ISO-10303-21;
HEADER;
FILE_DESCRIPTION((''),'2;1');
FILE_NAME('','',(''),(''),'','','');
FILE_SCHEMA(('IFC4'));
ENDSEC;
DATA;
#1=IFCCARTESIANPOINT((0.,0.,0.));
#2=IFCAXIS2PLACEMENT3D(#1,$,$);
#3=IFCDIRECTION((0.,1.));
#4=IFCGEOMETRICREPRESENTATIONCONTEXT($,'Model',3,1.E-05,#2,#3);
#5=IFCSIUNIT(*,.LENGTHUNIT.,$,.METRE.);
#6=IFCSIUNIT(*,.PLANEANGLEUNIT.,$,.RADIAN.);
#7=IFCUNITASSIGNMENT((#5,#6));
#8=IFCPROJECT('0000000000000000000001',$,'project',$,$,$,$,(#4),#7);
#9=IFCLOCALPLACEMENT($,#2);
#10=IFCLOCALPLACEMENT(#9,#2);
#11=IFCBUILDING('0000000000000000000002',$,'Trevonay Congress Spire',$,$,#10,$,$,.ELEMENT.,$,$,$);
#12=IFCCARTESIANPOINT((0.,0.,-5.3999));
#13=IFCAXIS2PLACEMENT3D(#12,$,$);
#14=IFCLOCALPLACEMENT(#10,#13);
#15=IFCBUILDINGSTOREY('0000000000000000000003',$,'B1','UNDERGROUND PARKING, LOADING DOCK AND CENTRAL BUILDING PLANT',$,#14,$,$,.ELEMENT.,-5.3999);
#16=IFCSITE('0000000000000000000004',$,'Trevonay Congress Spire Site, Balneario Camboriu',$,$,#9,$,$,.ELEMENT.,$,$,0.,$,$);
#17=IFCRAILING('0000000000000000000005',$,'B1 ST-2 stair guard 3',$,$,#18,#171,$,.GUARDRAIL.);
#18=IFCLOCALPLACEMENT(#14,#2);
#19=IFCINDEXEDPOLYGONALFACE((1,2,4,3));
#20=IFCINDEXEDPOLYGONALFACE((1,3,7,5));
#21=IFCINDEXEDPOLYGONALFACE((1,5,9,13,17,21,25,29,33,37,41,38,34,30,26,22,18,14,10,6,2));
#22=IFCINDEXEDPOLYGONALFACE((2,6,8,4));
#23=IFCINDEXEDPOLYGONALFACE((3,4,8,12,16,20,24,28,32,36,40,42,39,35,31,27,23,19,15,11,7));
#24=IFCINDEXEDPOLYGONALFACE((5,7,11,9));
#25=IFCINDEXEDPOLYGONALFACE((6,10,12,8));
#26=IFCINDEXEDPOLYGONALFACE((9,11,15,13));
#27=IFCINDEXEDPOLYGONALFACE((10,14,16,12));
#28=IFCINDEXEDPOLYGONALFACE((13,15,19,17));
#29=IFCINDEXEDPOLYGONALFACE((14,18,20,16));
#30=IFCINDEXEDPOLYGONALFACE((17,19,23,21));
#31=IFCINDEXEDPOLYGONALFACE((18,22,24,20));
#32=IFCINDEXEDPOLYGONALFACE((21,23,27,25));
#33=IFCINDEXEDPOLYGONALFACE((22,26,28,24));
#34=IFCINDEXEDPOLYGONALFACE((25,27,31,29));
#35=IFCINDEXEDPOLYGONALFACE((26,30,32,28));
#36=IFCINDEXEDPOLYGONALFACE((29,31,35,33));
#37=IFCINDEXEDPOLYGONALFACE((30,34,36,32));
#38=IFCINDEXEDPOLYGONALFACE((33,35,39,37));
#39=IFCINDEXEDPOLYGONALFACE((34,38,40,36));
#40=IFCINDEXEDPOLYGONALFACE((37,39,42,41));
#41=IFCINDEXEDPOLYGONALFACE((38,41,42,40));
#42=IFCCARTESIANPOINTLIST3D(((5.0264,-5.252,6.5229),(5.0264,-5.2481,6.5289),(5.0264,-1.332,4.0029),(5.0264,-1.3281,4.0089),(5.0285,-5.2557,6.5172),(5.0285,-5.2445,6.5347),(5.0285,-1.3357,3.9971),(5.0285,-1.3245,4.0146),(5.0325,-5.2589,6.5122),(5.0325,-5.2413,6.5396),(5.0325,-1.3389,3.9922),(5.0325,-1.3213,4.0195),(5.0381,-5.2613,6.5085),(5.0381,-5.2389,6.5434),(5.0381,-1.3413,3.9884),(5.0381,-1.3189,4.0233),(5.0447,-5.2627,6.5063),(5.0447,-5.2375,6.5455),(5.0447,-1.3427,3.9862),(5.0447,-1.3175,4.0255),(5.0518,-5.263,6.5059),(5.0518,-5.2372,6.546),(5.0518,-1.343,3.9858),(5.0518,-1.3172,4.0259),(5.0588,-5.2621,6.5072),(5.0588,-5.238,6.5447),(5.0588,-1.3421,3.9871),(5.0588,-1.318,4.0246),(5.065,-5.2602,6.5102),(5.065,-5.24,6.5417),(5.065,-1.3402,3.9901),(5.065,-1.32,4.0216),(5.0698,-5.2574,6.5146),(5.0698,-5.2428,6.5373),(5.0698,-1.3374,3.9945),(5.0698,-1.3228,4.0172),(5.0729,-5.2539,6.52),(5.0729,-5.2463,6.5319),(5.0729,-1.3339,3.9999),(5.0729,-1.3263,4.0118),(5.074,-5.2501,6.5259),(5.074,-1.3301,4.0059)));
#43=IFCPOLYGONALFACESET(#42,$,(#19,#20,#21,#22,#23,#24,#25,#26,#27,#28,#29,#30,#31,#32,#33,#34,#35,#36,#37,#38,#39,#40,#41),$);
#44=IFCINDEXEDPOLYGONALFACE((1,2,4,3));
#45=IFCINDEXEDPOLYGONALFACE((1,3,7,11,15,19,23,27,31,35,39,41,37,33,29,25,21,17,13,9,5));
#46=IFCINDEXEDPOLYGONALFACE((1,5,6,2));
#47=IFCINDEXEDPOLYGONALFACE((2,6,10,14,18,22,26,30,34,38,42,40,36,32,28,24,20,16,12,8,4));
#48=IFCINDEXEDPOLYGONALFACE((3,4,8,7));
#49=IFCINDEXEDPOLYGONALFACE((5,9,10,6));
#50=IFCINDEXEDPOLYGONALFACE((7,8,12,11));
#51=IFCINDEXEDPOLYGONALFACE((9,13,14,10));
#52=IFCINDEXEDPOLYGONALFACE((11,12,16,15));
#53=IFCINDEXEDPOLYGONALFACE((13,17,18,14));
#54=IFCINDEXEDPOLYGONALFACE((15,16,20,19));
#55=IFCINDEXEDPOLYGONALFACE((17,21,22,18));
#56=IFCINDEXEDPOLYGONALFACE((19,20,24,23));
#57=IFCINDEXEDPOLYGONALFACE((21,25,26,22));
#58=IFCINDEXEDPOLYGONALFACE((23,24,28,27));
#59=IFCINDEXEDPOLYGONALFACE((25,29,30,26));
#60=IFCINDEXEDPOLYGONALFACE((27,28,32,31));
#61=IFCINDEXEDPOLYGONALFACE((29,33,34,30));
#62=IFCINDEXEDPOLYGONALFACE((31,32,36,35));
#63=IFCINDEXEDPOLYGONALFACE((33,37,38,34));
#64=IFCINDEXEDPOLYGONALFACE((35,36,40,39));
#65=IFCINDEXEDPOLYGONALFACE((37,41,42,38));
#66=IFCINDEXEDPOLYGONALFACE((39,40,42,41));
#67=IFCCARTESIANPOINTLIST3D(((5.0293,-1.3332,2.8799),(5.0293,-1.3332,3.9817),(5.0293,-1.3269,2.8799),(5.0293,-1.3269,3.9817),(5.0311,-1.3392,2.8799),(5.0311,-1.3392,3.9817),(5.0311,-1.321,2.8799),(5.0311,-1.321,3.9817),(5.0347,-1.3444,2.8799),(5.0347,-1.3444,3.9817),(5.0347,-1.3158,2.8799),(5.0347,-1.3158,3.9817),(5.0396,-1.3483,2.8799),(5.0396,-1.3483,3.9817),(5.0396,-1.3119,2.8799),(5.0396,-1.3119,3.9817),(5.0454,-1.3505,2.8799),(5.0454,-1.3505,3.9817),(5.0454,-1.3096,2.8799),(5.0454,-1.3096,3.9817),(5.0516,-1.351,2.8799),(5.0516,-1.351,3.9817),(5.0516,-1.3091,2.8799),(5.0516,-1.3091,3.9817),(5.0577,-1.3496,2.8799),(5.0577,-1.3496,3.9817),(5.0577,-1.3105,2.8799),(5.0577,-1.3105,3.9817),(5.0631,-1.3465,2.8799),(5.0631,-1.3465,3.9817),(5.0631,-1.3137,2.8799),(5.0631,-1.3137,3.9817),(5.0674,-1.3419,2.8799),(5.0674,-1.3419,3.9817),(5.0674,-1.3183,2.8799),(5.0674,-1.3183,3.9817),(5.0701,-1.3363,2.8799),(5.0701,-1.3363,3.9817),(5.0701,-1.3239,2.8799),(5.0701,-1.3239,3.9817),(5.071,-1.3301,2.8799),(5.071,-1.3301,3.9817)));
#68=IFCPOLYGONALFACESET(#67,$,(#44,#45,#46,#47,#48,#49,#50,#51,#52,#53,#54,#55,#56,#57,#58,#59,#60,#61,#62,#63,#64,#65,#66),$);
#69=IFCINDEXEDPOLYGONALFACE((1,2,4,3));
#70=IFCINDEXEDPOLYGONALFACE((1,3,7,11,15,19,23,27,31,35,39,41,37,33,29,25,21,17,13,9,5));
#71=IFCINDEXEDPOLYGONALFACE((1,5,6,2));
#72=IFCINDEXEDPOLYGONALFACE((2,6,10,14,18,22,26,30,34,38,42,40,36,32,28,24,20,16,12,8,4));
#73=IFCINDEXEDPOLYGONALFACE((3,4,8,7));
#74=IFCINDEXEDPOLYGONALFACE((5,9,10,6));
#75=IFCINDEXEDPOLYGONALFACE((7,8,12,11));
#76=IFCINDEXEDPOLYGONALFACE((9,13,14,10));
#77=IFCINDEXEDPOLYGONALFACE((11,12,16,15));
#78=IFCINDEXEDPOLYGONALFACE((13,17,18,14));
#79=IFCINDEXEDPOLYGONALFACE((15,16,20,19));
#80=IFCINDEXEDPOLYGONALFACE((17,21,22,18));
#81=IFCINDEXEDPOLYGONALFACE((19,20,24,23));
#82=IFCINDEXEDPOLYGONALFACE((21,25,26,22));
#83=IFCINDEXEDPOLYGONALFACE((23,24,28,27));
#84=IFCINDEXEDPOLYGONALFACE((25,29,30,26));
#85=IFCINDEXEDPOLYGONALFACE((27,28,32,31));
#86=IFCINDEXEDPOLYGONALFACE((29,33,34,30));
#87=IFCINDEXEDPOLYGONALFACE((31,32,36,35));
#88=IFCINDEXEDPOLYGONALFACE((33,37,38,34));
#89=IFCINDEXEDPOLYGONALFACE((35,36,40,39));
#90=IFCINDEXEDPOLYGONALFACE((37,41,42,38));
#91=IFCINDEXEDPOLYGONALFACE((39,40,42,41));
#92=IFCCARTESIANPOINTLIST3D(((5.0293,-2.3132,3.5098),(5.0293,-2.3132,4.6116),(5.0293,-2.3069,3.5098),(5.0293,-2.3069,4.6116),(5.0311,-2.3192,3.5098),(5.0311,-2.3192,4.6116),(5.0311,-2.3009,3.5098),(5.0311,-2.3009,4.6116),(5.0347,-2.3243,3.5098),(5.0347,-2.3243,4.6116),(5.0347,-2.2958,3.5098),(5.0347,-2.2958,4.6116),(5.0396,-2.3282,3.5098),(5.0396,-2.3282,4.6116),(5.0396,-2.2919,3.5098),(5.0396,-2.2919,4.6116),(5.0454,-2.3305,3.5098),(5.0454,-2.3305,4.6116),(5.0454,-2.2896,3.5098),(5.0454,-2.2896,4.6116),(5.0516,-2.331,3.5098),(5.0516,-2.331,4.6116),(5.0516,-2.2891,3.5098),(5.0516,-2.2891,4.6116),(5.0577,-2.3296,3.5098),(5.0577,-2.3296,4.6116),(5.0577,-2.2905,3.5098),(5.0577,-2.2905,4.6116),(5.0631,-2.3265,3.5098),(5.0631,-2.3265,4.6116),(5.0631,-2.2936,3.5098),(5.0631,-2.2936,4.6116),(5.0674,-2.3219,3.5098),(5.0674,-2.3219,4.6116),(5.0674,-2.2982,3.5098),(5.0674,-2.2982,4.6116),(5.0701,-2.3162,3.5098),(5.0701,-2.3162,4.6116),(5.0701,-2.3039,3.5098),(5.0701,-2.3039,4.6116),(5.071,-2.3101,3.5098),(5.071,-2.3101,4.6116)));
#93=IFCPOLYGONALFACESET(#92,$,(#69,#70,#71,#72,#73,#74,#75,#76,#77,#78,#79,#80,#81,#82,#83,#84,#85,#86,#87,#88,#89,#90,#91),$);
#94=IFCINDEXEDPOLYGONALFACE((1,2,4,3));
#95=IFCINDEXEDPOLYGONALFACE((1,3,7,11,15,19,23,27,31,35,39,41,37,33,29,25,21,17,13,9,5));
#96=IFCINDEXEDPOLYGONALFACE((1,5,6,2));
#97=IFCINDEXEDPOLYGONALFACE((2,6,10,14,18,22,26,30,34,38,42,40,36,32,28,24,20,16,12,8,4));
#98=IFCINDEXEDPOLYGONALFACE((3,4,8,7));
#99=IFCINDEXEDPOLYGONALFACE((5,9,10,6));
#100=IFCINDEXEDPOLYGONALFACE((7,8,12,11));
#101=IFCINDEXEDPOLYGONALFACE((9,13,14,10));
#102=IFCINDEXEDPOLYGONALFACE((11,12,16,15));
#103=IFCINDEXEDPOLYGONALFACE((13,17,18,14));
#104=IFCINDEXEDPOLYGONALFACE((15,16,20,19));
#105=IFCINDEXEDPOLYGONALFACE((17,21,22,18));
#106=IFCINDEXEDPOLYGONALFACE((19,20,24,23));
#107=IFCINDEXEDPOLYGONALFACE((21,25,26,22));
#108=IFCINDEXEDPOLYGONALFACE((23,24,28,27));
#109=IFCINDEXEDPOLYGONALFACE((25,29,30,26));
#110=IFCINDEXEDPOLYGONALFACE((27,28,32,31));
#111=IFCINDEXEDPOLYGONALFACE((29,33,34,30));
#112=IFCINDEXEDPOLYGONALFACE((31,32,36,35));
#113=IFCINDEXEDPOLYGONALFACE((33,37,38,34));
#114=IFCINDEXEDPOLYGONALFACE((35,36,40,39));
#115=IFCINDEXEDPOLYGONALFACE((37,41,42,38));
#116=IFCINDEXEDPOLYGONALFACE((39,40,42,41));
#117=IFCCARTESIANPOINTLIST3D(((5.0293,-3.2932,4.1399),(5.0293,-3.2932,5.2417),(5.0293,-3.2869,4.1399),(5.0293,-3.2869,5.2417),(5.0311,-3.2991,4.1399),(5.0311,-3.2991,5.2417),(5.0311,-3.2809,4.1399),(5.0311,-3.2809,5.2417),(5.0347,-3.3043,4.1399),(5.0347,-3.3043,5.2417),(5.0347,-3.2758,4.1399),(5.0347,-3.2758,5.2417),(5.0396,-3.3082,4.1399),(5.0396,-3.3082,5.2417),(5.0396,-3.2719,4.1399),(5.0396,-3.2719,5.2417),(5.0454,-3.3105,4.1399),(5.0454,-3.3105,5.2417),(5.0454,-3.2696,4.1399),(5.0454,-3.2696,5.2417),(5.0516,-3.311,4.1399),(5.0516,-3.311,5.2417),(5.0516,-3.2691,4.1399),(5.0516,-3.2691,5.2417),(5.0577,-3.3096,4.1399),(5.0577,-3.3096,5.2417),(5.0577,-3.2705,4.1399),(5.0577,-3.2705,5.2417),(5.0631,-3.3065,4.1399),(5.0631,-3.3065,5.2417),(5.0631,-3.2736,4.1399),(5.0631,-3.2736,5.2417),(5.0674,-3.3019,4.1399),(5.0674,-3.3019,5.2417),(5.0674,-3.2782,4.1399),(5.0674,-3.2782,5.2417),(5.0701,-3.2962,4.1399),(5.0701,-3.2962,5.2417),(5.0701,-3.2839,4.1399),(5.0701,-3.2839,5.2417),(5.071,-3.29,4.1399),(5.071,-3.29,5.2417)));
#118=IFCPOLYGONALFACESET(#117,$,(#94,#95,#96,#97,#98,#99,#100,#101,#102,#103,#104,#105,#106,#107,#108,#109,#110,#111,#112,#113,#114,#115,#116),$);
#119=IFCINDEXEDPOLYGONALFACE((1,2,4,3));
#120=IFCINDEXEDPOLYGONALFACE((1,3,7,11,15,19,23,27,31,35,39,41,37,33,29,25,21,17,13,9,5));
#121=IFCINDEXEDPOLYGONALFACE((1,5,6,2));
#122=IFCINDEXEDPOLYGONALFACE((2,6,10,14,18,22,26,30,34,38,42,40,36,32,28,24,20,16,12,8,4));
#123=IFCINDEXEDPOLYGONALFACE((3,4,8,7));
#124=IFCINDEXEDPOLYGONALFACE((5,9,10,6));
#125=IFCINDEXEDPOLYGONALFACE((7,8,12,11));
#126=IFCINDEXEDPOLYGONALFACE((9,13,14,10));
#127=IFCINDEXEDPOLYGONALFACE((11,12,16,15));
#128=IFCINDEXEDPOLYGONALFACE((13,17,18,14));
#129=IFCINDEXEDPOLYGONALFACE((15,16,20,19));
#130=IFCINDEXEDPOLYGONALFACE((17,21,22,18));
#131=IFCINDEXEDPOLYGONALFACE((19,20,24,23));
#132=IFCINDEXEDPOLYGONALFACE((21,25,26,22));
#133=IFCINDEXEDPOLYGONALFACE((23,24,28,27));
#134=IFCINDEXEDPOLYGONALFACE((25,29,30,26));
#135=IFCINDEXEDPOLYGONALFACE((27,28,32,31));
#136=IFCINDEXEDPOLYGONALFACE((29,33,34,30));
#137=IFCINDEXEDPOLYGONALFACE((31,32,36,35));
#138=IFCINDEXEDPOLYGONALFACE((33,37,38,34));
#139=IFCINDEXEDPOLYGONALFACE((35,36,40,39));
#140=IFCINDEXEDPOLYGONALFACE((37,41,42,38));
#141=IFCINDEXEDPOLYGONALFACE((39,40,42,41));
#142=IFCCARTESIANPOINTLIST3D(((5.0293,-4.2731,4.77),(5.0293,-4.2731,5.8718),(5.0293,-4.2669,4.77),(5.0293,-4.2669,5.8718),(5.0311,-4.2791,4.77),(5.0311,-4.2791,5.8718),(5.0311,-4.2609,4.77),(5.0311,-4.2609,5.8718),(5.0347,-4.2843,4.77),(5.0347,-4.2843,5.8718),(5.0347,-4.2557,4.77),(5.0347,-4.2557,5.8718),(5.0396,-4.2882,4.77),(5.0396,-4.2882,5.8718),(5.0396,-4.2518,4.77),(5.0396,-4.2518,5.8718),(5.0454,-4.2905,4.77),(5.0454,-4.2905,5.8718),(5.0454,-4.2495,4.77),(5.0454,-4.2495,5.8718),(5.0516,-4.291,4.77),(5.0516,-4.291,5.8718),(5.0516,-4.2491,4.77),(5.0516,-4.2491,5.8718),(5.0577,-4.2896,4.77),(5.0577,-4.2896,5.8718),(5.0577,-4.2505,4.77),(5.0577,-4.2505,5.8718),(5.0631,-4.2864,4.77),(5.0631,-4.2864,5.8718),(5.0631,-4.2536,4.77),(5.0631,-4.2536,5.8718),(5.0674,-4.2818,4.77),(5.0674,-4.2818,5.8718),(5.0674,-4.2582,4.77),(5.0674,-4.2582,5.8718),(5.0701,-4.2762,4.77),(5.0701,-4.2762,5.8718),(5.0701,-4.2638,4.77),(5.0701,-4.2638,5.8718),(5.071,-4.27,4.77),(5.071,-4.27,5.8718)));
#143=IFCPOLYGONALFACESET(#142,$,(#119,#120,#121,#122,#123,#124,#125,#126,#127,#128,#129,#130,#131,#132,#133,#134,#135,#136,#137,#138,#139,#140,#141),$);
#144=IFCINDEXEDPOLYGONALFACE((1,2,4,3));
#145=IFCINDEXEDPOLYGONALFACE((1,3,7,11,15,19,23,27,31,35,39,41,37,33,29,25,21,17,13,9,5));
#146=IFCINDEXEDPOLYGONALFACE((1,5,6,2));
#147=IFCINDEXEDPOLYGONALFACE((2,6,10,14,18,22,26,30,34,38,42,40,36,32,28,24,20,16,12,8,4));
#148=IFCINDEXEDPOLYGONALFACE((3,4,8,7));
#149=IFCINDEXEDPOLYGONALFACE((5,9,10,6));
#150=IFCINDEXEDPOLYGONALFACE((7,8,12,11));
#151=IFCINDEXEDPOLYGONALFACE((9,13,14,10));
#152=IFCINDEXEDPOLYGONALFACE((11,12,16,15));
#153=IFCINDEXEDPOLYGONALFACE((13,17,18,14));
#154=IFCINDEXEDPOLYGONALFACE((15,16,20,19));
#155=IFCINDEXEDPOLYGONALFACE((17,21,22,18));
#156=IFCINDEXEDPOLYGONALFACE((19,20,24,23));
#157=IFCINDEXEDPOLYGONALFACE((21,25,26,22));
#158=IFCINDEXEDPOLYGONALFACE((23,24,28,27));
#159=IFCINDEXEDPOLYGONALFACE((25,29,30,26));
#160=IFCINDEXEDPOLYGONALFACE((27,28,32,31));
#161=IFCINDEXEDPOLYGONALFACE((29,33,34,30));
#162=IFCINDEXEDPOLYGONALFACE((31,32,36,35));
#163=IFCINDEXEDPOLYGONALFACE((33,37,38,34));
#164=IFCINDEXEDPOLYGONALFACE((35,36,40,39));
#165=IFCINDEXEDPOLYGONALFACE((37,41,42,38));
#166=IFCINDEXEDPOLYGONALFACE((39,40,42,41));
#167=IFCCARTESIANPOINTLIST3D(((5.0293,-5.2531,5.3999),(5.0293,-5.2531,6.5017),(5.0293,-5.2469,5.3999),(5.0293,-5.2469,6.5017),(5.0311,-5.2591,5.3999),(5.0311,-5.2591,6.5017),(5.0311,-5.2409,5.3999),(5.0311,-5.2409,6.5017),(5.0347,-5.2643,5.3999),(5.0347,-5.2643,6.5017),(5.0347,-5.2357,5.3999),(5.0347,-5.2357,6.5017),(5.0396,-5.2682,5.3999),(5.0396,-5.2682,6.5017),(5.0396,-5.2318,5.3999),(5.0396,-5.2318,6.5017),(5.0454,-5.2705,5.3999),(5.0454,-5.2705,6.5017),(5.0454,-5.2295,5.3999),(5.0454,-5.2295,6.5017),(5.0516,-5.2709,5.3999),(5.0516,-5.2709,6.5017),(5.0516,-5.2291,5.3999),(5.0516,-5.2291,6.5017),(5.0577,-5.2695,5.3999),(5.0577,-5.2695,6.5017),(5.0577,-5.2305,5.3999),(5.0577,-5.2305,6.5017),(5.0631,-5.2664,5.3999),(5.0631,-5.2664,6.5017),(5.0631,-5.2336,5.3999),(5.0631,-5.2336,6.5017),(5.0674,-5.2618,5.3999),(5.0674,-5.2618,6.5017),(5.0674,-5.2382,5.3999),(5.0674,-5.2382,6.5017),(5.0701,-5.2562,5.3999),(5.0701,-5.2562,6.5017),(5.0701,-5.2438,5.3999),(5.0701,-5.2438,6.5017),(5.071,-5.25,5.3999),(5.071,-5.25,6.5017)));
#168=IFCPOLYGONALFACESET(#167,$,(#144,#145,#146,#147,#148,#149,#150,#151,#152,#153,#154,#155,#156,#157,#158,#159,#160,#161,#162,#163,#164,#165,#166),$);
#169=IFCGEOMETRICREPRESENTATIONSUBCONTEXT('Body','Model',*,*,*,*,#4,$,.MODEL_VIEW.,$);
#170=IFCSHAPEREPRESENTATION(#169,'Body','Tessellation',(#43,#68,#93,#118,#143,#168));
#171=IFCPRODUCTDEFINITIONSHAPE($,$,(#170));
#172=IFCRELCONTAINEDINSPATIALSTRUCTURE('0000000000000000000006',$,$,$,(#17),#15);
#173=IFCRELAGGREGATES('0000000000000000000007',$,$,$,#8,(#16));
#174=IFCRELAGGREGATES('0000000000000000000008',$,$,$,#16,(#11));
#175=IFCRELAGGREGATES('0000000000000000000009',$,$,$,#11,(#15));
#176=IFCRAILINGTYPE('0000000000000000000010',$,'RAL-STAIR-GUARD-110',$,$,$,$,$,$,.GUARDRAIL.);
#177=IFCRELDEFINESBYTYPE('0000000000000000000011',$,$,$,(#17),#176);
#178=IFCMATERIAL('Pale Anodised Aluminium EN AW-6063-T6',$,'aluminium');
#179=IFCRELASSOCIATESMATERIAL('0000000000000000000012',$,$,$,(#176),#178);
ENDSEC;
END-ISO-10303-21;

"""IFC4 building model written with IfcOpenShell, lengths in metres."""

from ifc_helpers import new_model, si_unit, direction, frame, origin, origin_2d, place, context, subcontext, project, spatial, circle, extrude, material, type_object, element, save


model = new_model("IFC4")

# Units and contexts
model_context = context("Model", 3, precision=1e-05, world=origin(), true_north=direction((0.0, 1.0)))
body_context = subcontext(model_context, "Body", "Model", "MODEL_VIEW")
ifc_project = project(units=[si_unit("LENGTHUNIT", "METRE"), si_unit("PLANEANGLEUNIT", "RADIAN")], contexts=[model_context])

# Site, building, storey
site_placement = place(None, origin())
site = spatial("IfcSite", under=ifc_project, at=site_placement, Name="Trevonay Congress Spire Site, Balneario Camboriu", CompositionType="ELEMENT", RefElevation=0.0)
building_placement = place(site_placement, origin())
building = spatial("IfcBuilding", under=site, at=building_placement, Name="Trevonay Congress Spire", CompositionType="ELEMENT")
storey_placement = place(building_placement, frame((0.0, 0.0, -5.3999)))
storey = spatial("IfcBuildingStorey", under=building, at=storey_placement, Name="B1", Description="UNDERGROUND PARKING, LOADING DOCK AND CENTRAL BUILDING PLANT", CompositionType="ELEMENT", Elevation=-5.3999)

# Railing
ifc_material_1 = material(Name="Pale Anodised Aluminium EN AW-6063-T6", Category="aluminium")
railing_type_1 = type_object("IfcRailingType", Name="RAL-STAIR-GUARD-110", PredefinedType="GUARDRAIL", material=ifc_material_1)
railing_1_placement = place(storey_placement, frame((5.05, -1.3301, 2.8799)))
element("IfcRailing", 1, at=railing_1_placement, inside=storey, type_object=railing_type_1, Name="B1 ST-2 stair guard 3", PredefinedType="GUARDRAIL", context=body_context, shape_type="SweptSolid", body=[
    extrude(circle(Radius=0.0239, at=origin_2d()), frame((0.0, 0.0, 1.126), z_axis=(0.0, -0.841172, 0.540768), x_axis=(1.0, 0.0, 0.0)), (0.0, 0.0, 1.0), 4.6602),
    extrude(circle(Radius=0.021, at=origin_2d()), origin(), (0.0, 0.0, 1.0), 1.1018),
    extrude(circle(Radius=0.021, at=origin_2d()), frame((0.0, -0.98, 0.6299)), (0.0, 0.0, 1.0), 1.1018),
    extrude(circle(Radius=0.021, at=origin_2d()), frame((0.0, -1.96, 1.26)), (0.0, 0.0, 1.0), 1.1018),
    extrude(circle(Radius=0.021, at=origin_2d()), frame((0.0, -2.9399, 1.8901)), (0.0, 0.0, 1.0), 1.1018),
    extrude(circle(Radius=0.021, at=origin_2d()), frame((0.0, -3.9199, 2.52)), (0.0, 0.0, 1.0), 1.1018),
])

save(model, "model.ifc")
